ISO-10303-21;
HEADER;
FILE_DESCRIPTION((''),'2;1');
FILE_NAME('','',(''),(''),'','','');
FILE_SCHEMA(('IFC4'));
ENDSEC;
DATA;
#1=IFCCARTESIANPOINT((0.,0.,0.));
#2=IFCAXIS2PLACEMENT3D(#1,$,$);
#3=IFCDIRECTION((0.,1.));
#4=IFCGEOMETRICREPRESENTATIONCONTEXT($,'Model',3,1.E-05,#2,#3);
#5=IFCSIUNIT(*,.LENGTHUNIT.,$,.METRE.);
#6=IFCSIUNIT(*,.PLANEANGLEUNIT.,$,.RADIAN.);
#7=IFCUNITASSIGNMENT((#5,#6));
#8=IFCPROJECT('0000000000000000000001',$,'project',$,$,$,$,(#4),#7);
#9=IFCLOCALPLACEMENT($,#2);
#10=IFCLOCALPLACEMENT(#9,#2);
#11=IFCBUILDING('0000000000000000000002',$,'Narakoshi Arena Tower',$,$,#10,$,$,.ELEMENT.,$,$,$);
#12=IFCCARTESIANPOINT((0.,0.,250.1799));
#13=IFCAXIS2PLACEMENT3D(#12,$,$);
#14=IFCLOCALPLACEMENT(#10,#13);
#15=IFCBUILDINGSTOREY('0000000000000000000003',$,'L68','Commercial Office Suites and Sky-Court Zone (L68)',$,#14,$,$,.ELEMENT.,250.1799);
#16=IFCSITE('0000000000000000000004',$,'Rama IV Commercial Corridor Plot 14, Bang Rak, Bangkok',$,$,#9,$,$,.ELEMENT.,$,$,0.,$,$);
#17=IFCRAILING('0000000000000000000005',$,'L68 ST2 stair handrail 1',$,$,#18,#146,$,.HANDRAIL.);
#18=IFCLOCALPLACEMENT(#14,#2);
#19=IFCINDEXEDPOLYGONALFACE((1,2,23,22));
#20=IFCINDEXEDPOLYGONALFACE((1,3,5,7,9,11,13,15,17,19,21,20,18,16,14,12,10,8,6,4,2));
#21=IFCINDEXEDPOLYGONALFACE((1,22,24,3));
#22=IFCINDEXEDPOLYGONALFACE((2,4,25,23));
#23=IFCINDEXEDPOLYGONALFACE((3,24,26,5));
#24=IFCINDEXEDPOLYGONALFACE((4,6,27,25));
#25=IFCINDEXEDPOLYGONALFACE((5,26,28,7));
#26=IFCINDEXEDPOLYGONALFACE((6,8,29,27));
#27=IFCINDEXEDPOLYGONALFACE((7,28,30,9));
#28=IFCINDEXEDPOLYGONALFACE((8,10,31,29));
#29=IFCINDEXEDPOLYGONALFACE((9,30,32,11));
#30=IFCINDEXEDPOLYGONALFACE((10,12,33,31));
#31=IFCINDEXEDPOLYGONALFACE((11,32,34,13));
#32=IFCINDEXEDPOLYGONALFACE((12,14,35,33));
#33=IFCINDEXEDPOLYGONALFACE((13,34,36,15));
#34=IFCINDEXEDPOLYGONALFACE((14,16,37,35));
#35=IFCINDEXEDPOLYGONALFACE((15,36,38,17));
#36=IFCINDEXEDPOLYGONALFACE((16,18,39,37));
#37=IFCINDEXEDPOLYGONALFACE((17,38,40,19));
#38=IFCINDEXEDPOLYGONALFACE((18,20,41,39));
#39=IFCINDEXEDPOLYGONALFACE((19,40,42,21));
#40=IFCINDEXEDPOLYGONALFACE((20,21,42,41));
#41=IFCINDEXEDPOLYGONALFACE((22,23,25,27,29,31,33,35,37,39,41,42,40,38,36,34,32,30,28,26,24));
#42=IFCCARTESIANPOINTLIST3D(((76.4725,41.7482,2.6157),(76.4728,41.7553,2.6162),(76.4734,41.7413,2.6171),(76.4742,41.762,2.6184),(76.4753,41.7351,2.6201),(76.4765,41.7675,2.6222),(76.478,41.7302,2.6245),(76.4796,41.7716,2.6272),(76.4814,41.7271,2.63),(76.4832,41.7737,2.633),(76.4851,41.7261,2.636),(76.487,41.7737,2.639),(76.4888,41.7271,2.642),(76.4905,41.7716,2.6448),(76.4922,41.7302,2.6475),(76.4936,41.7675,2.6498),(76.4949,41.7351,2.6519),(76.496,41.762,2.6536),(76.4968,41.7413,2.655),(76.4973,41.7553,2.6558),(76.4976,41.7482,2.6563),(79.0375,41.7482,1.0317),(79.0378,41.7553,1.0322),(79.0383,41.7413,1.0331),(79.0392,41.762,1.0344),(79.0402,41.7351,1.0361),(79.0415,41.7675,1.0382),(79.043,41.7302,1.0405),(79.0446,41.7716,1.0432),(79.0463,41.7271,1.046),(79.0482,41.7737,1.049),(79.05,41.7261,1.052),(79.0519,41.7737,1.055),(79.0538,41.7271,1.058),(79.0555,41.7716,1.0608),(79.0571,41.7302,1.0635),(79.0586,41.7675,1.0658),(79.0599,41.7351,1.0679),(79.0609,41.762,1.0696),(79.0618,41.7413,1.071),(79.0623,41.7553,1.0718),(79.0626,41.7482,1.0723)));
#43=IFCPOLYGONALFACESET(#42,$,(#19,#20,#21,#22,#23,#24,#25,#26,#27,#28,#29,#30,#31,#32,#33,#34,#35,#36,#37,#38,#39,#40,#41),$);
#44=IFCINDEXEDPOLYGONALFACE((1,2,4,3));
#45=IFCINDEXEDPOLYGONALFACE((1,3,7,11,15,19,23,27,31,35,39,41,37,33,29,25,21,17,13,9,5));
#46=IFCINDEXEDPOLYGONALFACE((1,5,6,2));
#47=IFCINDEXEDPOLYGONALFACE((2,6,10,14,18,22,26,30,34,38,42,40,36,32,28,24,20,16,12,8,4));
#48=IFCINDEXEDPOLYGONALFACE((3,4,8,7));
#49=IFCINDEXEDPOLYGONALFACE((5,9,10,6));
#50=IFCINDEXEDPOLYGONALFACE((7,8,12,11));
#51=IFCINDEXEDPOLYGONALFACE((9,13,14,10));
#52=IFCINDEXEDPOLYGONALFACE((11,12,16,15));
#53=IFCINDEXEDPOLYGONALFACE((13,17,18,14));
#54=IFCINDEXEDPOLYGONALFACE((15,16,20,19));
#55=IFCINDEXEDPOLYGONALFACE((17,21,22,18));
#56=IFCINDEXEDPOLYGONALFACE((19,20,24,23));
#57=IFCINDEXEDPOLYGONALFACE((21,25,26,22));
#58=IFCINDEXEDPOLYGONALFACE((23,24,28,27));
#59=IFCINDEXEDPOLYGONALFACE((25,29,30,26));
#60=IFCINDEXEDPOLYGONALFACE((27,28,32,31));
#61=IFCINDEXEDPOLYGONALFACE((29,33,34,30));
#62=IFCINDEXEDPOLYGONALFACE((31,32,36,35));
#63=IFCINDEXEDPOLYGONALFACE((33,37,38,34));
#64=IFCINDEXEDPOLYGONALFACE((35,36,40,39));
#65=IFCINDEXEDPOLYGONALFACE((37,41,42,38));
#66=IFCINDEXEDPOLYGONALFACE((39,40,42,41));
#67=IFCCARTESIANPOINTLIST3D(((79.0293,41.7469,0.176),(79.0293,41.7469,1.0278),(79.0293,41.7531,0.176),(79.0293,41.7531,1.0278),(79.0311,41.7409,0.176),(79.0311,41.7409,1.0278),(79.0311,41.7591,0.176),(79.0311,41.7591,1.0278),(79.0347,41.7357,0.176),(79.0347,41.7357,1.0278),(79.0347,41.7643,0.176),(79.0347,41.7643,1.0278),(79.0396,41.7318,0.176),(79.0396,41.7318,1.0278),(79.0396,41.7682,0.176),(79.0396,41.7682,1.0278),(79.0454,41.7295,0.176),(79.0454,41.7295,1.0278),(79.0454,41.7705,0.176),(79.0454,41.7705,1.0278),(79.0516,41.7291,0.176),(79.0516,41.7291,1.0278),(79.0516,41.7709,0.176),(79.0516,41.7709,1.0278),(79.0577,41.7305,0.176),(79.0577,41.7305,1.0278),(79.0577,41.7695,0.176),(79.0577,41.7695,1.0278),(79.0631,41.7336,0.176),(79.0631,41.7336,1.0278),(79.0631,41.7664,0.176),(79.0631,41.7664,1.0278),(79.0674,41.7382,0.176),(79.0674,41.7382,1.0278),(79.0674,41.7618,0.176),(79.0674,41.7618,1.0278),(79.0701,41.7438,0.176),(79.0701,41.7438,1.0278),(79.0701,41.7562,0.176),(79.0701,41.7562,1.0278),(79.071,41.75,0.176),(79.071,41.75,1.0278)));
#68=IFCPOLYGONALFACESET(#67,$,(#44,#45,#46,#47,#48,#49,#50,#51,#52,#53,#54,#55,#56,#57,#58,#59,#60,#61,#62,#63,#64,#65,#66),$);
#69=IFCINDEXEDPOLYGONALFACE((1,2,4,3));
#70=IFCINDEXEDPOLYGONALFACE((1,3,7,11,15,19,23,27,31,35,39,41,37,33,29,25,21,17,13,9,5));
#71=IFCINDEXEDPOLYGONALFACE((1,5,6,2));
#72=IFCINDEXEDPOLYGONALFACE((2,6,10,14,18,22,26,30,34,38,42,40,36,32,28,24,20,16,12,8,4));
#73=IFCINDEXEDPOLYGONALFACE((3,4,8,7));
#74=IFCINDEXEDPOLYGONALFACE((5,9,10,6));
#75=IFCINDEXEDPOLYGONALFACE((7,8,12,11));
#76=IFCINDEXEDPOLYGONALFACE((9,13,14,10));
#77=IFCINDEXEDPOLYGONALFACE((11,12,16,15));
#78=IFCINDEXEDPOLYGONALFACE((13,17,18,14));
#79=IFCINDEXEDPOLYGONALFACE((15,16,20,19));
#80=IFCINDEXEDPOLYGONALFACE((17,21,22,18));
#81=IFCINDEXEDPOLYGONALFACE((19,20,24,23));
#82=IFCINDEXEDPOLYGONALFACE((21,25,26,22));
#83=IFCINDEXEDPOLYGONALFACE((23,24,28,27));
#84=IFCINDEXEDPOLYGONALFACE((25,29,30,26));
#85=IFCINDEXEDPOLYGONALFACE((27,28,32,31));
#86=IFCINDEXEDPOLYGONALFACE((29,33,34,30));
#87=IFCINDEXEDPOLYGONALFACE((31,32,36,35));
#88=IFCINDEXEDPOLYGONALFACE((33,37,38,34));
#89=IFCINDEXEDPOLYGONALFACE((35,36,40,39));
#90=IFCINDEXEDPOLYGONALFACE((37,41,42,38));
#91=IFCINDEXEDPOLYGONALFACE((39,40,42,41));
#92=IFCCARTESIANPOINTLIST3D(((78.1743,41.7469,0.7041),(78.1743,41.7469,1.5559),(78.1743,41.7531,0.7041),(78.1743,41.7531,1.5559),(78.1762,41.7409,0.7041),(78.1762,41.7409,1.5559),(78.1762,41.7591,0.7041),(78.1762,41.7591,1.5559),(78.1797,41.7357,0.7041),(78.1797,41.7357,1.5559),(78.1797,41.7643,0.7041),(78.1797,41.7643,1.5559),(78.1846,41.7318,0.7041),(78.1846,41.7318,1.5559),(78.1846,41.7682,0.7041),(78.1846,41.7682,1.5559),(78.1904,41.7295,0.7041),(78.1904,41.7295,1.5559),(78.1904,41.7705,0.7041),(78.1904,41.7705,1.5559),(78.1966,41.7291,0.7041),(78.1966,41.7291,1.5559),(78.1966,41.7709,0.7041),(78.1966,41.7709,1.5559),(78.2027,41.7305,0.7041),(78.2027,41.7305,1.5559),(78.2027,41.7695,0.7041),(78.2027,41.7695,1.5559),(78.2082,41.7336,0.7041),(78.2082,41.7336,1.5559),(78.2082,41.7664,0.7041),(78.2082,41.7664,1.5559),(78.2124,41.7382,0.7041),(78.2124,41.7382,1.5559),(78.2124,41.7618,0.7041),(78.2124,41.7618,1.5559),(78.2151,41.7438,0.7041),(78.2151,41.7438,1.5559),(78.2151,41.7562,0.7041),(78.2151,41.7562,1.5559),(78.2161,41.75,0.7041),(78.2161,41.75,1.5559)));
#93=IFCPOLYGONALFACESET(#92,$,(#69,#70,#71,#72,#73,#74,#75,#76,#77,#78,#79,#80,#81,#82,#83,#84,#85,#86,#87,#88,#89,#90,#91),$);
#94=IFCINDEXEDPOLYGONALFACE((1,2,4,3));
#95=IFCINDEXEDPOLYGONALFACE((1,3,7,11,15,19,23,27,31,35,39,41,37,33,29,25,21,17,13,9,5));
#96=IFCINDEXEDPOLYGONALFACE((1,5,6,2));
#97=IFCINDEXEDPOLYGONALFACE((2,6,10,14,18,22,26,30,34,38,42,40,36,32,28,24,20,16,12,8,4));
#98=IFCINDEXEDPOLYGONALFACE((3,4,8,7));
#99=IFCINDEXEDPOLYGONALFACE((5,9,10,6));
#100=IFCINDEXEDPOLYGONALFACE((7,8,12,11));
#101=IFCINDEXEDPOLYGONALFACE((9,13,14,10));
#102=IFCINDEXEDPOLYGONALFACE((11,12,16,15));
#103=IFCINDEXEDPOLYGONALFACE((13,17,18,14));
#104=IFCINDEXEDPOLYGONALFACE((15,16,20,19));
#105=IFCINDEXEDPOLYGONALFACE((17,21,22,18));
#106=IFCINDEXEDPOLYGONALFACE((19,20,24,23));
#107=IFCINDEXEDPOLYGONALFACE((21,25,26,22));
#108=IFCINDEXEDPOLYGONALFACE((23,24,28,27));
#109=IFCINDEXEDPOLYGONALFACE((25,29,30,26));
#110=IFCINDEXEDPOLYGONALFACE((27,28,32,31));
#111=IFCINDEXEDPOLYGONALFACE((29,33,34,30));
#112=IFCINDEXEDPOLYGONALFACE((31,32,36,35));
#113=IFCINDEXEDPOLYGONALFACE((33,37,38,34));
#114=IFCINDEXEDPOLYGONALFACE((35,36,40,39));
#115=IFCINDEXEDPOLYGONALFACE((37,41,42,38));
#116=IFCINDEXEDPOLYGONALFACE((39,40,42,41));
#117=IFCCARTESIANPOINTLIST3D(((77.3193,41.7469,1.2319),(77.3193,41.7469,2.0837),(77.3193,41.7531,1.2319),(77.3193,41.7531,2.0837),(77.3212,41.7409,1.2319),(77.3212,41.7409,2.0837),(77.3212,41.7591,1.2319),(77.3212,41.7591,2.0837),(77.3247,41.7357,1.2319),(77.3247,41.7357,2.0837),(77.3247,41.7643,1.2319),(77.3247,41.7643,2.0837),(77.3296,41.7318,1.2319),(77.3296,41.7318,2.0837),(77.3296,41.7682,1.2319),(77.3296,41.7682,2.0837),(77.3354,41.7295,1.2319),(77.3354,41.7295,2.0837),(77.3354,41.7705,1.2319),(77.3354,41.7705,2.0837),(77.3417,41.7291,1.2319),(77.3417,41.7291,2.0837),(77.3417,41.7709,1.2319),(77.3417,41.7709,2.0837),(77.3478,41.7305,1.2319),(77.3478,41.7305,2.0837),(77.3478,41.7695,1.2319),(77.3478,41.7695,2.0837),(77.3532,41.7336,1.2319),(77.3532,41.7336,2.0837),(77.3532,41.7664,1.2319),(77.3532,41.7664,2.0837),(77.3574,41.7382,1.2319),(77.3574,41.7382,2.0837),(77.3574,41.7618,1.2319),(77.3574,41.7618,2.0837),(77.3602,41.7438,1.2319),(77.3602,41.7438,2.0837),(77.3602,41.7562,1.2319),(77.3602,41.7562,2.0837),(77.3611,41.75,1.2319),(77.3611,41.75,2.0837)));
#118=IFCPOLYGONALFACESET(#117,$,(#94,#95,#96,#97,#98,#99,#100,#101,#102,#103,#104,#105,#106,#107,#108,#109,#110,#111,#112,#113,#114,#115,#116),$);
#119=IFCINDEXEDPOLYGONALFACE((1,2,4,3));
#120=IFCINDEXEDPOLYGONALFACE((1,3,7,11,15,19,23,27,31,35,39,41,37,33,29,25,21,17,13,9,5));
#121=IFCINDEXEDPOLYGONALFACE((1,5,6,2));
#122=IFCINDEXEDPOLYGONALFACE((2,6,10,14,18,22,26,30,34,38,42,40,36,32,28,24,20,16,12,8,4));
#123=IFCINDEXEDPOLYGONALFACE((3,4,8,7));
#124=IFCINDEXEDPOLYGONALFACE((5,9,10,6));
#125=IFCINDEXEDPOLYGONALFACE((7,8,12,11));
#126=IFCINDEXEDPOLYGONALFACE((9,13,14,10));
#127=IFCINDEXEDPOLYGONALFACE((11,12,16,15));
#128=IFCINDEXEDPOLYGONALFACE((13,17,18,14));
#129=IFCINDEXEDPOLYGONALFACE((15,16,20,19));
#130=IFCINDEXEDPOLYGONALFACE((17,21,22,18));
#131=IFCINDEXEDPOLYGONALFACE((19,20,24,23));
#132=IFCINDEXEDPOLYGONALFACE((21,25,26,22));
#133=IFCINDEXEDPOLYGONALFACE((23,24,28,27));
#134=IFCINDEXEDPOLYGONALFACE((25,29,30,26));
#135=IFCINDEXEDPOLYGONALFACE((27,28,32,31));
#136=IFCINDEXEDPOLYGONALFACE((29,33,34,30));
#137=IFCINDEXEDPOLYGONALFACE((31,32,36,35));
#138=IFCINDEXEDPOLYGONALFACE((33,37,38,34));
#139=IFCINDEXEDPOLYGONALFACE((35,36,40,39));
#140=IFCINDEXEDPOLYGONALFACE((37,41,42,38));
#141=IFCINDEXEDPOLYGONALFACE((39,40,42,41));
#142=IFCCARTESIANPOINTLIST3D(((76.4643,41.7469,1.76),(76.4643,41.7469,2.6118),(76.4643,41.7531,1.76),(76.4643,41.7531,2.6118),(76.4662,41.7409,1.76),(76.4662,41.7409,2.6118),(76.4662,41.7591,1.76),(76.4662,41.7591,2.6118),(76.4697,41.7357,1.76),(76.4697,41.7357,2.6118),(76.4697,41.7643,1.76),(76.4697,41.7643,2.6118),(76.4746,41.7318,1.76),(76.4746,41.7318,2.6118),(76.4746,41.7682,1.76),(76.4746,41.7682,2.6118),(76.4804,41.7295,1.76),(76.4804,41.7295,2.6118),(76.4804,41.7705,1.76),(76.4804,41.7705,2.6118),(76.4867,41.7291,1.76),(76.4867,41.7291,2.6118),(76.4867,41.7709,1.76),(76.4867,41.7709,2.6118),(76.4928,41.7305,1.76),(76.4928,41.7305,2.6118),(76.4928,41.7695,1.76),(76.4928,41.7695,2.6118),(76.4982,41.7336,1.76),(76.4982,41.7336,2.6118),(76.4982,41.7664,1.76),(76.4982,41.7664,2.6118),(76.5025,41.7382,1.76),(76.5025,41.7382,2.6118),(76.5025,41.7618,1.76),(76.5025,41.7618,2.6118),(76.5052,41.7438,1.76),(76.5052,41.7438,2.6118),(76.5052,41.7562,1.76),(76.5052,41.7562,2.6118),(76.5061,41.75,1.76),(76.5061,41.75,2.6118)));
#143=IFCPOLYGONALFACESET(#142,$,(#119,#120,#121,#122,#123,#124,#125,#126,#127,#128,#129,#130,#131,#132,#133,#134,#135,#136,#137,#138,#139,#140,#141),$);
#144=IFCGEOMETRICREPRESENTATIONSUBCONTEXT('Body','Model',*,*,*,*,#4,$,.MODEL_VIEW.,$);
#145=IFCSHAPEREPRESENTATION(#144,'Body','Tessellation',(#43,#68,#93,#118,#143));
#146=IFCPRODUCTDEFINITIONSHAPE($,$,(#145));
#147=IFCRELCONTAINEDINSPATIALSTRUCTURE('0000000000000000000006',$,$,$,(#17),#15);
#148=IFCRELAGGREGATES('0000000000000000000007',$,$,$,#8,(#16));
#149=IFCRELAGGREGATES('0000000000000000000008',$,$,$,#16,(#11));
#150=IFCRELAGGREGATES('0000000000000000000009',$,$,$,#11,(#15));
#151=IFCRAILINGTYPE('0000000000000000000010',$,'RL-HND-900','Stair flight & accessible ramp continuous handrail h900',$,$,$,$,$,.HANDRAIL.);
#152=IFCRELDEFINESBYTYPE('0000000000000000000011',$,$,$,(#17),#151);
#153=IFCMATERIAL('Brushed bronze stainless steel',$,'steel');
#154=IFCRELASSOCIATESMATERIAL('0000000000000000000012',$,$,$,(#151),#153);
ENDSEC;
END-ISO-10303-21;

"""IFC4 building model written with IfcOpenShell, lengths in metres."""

from ifc_helpers import new_model, si_unit, direction, frame, origin, origin_2d, place, context, subcontext, project, spatial, circle, extrude, material, type_object, element, save


model = new_model("IFC4")

# Units and contexts
model_context = context("Model", 3, precision=1e-05, world=origin(), true_north=direction((0.0, 1.0)))
body_context = subcontext(model_context, "Body", "Model", "MODEL_VIEW")
ifc_project = project(units=[si_unit("LENGTHUNIT", "METRE"), si_unit("PLANEANGLEUNIT", "RADIAN")], contexts=[model_context])

# Site, building, storey
site_placement = place(None, origin())
site = spatial("IfcSite", under=ifc_project, at=site_placement, Name="Rama IV Commercial Corridor Plot 14, Bang Rak, Bangkok", CompositionType="ELEMENT", RefElevation=0.0)
building_placement = place(site_placement, origin())
building = spatial("IfcBuilding", under=site, at=building_placement, Name="Narakoshi Arena Tower", CompositionType="ELEMENT")
storey_placement = place(building_placement, frame((0.0, 0.0, 250.1799)))
storey = spatial("IfcBuildingStorey", under=building, at=storey_placement, Name="L68", Description="Commercial Office Suites and Sky-Court Zone (L68)", CompositionType="ELEMENT", Elevation=250.1799)

# Railing
ifc_material_1 = material(Name="Brushed bronze stainless steel", Category="steel")
railing_type_1 = type_object("IfcRailingType", Name="RL-HND-900", Description="Stair flight & accessible ramp continuous handrail h900", PredefinedType="HANDRAIL", material=ifc_material_1)
railing_1_placement = place(storey_placement, frame((79.05, 41.75, 0.176)))
element("IfcRailing", 1, at=railing_1_placement, inside=storey, type_object=railing_type_1, Name="L68 ST2 stair handrail 1", PredefinedType="HANDRAIL", context=body_context, shape_type="SweptSolid", body=[
    extrude(circle(Radius=0.0239, at=origin_2d()), frame((0.0, 0.0, 0.876), z_axis=(-0.850834, 0.0, 0.525434), x_axis=(0.0, -1.0, 0.0)), (0.0, 0.0, 1.0), 3.0146),
    extrude(circle(Radius=0.021, at=origin_2d()), origin(), (0.0, 0.0, 1.0), 0.8518),
    extrude(circle(Radius=0.021, at=origin_2d()), frame((-0.855, 0.0, 0.5281)), (0.0, 0.0, 1.0), 0.8518),
    extrude(circle(Radius=0.021, at=origin_2d()), frame((-1.71, 0.0, 1.0559)), (0.0, 0.0, 1.0), 0.8518),
    extrude(circle(Radius=0.021, at=origin_2d()), frame((-2.5649, 0.0, 1.584)), (0.0, 0.0, 1.0), 0.8518),
])

save(model, "model.ifc")
